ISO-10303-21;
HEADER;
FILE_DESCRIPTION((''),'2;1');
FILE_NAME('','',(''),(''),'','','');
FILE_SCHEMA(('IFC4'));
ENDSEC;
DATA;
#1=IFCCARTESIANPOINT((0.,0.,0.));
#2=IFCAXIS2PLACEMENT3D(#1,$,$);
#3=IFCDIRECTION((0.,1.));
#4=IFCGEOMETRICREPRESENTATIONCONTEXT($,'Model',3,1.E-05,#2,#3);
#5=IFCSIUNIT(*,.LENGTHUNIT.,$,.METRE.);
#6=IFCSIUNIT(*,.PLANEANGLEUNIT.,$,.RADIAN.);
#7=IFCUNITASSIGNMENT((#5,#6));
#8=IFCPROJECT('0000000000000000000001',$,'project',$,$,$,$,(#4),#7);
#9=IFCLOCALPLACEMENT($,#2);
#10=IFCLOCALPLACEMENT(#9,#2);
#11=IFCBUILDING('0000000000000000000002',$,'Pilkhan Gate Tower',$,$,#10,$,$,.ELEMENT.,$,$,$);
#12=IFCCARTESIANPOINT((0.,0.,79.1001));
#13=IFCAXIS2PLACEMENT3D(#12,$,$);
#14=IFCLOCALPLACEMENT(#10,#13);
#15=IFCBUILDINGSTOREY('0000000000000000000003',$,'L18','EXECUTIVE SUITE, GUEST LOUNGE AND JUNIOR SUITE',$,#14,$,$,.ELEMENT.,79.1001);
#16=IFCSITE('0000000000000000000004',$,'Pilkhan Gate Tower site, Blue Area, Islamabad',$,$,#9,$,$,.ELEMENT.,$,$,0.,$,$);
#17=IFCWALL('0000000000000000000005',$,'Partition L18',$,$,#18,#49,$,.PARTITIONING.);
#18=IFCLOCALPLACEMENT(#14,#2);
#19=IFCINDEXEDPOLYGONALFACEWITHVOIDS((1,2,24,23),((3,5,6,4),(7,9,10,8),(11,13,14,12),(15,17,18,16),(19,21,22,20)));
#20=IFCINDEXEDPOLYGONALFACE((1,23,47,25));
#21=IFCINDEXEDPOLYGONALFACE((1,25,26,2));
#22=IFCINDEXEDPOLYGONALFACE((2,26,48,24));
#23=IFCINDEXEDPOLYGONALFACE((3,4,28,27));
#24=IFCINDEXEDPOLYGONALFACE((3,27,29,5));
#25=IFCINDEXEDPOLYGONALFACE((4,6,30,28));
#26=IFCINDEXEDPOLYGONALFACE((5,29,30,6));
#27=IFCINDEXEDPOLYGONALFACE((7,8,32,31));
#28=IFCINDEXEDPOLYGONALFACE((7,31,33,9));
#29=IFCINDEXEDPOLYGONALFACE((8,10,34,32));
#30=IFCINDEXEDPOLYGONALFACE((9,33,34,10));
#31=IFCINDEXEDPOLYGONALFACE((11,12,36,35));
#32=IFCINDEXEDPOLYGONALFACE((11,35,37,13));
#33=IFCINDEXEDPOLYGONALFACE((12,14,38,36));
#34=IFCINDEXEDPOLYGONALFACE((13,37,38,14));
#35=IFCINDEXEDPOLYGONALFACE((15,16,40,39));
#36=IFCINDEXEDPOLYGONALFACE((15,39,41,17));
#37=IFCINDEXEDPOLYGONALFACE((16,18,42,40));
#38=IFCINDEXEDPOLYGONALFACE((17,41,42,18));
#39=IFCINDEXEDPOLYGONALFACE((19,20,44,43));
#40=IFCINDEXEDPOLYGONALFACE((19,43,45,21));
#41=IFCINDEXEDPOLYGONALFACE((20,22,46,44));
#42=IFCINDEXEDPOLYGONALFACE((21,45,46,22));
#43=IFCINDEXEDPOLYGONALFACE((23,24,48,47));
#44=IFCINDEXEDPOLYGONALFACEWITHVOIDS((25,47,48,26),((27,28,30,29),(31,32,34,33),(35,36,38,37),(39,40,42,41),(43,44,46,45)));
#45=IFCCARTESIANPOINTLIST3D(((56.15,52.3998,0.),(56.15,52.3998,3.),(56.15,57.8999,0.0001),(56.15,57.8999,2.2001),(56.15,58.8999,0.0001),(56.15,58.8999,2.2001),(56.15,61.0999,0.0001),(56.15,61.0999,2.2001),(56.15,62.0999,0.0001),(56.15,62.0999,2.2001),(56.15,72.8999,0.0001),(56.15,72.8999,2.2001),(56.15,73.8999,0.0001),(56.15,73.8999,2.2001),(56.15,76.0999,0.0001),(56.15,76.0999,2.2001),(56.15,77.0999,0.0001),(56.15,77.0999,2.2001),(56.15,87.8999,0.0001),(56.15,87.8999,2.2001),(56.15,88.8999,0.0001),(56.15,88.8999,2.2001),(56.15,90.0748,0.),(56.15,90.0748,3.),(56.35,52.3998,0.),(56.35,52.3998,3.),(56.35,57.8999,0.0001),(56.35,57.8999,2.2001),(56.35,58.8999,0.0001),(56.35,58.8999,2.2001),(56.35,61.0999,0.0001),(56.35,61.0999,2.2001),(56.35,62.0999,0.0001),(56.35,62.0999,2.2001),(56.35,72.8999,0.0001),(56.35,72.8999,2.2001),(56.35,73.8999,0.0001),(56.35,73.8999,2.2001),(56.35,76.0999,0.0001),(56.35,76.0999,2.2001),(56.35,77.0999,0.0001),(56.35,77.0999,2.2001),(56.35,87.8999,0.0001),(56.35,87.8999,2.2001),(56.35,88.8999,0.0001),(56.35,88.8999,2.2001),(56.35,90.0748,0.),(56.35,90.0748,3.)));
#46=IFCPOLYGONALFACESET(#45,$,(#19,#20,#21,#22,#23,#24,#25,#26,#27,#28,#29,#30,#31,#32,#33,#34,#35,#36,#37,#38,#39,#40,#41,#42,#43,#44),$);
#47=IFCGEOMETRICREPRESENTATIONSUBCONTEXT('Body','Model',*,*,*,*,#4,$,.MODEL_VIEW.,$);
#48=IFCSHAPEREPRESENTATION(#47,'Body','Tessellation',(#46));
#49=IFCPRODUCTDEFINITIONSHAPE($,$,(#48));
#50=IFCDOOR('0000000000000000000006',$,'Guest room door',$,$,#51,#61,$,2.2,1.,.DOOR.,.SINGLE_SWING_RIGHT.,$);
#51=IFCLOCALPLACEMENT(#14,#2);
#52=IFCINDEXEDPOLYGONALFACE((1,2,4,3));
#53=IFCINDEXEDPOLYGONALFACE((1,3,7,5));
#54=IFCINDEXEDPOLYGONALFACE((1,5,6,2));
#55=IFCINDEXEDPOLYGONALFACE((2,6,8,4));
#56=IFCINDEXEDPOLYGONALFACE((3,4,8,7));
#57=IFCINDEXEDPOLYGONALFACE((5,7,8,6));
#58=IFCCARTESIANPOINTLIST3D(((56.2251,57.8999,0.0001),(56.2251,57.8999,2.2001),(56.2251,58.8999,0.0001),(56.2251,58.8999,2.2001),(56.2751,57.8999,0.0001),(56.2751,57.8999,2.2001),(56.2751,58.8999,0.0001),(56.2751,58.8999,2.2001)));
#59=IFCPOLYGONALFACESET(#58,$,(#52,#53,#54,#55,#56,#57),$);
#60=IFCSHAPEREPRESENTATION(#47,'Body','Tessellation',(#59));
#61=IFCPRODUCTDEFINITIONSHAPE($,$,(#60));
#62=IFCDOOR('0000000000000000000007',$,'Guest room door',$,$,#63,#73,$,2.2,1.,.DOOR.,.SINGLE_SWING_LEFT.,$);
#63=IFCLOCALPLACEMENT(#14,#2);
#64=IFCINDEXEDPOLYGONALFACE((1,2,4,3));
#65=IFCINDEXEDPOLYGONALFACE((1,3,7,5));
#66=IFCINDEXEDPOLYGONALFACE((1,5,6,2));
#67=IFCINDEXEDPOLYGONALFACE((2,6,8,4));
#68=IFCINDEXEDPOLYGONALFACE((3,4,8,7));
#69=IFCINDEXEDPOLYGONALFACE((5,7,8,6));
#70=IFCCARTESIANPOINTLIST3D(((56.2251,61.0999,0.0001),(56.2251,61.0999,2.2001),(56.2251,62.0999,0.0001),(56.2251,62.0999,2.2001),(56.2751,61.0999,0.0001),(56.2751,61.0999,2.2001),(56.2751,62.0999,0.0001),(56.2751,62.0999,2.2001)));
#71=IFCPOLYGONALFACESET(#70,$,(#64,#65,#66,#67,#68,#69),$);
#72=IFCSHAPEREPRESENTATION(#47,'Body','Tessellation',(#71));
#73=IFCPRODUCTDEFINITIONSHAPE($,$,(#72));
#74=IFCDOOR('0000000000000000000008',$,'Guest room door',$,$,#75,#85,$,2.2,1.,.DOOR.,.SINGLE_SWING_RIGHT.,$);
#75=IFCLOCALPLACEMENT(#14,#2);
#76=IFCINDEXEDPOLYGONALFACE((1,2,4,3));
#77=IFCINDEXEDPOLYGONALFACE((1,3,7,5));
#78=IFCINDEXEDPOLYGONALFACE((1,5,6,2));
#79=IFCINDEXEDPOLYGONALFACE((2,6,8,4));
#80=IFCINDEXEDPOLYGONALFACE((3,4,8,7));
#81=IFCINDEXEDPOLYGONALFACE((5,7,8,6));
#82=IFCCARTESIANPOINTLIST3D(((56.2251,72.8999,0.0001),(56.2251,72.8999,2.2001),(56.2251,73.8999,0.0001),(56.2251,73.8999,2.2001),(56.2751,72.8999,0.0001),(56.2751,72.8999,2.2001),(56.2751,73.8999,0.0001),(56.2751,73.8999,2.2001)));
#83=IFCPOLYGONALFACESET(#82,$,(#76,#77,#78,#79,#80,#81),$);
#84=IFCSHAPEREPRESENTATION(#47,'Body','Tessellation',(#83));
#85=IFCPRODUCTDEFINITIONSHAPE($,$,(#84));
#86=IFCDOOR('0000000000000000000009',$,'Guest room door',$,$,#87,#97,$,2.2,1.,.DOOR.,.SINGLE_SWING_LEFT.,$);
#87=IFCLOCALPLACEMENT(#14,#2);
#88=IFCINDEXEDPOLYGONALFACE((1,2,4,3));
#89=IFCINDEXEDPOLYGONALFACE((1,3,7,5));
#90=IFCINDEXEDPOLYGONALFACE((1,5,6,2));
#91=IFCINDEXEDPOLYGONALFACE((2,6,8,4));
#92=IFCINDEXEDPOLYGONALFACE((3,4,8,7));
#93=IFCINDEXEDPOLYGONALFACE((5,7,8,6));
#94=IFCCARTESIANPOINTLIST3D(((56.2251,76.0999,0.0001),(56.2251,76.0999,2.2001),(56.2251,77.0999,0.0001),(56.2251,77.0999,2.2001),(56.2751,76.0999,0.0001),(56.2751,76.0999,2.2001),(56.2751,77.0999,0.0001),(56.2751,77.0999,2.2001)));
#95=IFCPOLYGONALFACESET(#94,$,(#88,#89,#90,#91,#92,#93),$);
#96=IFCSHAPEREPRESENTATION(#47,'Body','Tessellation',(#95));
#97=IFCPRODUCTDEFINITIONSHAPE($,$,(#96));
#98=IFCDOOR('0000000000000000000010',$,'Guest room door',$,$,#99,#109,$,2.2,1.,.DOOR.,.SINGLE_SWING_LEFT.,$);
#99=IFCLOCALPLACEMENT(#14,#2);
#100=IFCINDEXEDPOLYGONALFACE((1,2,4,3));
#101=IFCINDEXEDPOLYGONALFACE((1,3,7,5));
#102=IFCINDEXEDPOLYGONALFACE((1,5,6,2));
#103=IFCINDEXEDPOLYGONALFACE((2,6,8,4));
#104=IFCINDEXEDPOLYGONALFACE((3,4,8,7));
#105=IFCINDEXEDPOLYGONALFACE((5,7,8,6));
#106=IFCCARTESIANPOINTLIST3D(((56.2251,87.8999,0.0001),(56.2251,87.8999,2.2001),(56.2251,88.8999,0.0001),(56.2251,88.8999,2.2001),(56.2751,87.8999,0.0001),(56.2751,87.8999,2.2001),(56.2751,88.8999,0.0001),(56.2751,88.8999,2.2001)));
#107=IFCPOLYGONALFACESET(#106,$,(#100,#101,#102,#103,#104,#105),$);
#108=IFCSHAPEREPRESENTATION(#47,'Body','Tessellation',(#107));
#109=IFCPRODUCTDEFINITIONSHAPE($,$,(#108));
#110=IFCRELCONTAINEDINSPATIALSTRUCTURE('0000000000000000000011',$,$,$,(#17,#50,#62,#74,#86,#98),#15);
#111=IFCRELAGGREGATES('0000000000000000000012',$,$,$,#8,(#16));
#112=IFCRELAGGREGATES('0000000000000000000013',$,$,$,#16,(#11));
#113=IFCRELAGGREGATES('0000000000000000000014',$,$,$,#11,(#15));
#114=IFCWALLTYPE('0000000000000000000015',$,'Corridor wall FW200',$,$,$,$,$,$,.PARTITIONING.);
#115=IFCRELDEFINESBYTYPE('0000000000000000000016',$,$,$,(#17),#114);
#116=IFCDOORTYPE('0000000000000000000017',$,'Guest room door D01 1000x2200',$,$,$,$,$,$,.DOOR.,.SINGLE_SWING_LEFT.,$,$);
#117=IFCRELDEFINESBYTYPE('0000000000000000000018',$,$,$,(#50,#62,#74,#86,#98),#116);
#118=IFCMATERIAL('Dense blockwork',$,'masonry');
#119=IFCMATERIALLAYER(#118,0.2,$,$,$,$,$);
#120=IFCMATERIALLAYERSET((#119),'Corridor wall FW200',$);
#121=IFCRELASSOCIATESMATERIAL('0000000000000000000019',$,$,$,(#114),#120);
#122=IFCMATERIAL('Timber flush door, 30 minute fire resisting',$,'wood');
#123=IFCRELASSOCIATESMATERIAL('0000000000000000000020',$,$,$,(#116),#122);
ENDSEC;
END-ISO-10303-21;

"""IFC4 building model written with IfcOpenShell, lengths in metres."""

from ifc_helpers import new_model, si_unit, direction, frame, frame_2d, origin, place, context, subcontext, project, spatial, rectangle, extrude, material, layer, layer_set, type_object, element, fill, save


model = new_model("IFC4")

# Units and contexts
model_context = context("Model", 3, precision=1e-05, world=origin(), true_north=direction((0.0, 1.0)))
body_context = subcontext(model_context, "Body", "Model", "MODEL_VIEW")
ifc_project = project(units=[si_unit("LENGTHUNIT", "METRE"), si_unit("PLANEANGLEUNIT", "RADIAN")], contexts=[model_context])

# Site, building, storey
site_placement = place(None, origin())
site = spatial("IfcSite", under=ifc_project, at=site_placement, Name="Pilkhan Gate Tower site, Blue Area, Islamabad", CompositionType="ELEMENT", RefElevation=0.0)
building_placement = place(site_placement, origin())
building = spatial("IfcBuilding", under=site, at=building_placement, Name="Pilkhan Gate Tower", CompositionType="ELEMENT")
storey_placement = place(building_placement, frame((0.0, 0.0, 79.1001)))
storey = spatial("IfcBuildingStorey", under=building, at=storey_placement, Name="L18", Description="EXECUTIVE SUITE, GUEST LOUNGE AND JUNIOR SUITE", CompositionType="ELEMENT", Elevation=79.1001)

# Wall, openings, doors
ifc_material_1 = material(Name="Dense blockwork", Category="masonry")
ifc_layer_1 = layer(ifc_material_1, 0.2)
ifc_layer_set_1 = layer_set([ifc_layer_1], Name="Corridor wall FW200")
wall_type_1 = type_object("IfcWallType", Name="Corridor wall FW200", PredefinedType="PARTITIONING", material=ifc_layer_set_1)
wall_1_placement = place(storey_placement, frame((56.25, 52.3999, 0.0), z_axis=(0.0, 0.0, 1.0), x_axis=(0.0, 1.0, 0.0)))
wall_1 = element("IfcWall", 1, at=wall_1_placement, inside=storey, type_object=wall_type_1, Name="Partition L18", PredefinedType="PARTITIONING", context=body_context, shape_type="SweptSolid", body=[
    extrude(rectangle(XDim=37.675, YDim=0.2, at=frame_2d((18.8374, 0.0))), origin(), (0.0, 0.0, 1.0), 3.0),
])
opening_1_placement = place(wall_1_placement, frame((5.5, 0.0, 0.0)))
opening_1 = element("IfcOpeningElement", 2, at=opening_1_placement, cuts=wall_1, PredefinedType="OPENING", context=body_context, shape_type="SweptSolid", body=[
    extrude(rectangle(XDim=1.0, YDim=2.2, at=frame_2d((0.5, 1.1001))), frame((0.0, 0.1099, 0.0), z_axis=(0.0, -1.0, 0.0), x_axis=(1.0, 0.0, 0.0)), (0.0, 0.0, 1.0), 0.22),
])
opening_2_placement = place(wall_1_placement, frame((8.7, 0.0, 0.0)))
opening_2 = element("IfcOpeningElement", 3, at=opening_2_placement, cuts=wall_1, PredefinedType="OPENING", context=body_context, shape_type="SweptSolid", body=[
    extrude(rectangle(XDim=1.0, YDim=2.2, at=frame_2d((0.5, 1.1001))), frame((0.0, 0.1099, 0.0), z_axis=(0.0, -1.0, 0.0), x_axis=(1.0, 0.0, 0.0)), (0.0, 0.0, 1.0), 0.22),
])
opening_3_placement = place(wall_1_placement, frame((20.5, 0.0, 0.0)))
opening_3 = element("IfcOpeningElement", 4, at=opening_3_placement, cuts=wall_1, PredefinedType="OPENING", context=body_context, shape_type="SweptSolid", body=[
    extrude(rectangle(XDim=1.0, YDim=2.2, at=frame_2d((0.5, 1.1001))), frame((0.0, 0.1099, 0.0), z_axis=(0.0, -1.0, 0.0), x_axis=(1.0, 0.0, 0.0)), (0.0, 0.0, 1.0), 0.22),
])
opening_4_placement = place(wall_1_placement, frame((23.7, 0.0, 0.0)))
opening_4 = element("IfcOpeningElement", 5, at=opening_4_placement, cuts=wall_1, PredefinedType="OPENING", context=body_context, shape_type="SweptSolid", body=[
    extrude(rectangle(XDim=1.0, YDim=2.2, at=frame_2d((0.5, 1.1001))), frame((0.0, 0.1099, 0.0), z_axis=(0.0, -1.0, 0.0), x_axis=(1.0, 0.0, 0.0)), (0.0, 0.0, 1.0), 0.22),
])
opening_5_placement = place(wall_1_placement, frame((35.5, 0.0, 0.0)))
opening_5 = element("IfcOpeningElement", 6, at=opening_5_placement, cuts=wall_1, PredefinedType="OPENING", context=body_context, shape_type="SweptSolid", body=[
    extrude(rectangle(XDim=1.0, YDim=2.2, at=frame_2d((0.5, 1.1001))), frame((0.0, 0.1099, 0.0), z_axis=(0.0, -1.0, 0.0), x_axis=(1.0, 0.0, 0.0)), (0.0, 0.0, 1.0), 0.22),
])
ifc_material_2 = material(Name="Timber flush door, 30 minute fire resisting", Category="wood")
door_type_1 = type_object("IfcDoorType", Name="Guest room door D01 1000x2200", OperationType="SINGLE_SWING_LEFT", PredefinedType="DOOR", material=ifc_material_2)
door_1_placement = place(opening_1_placement, origin())
door_1 = element("IfcDoor", 7, at=door_1_placement, inside=storey, type_object=door_type_1, Name="Guest room door", OperationType="SINGLE_SWING_RIGHT", OverallHeight=2.2, OverallWidth=1.0, PredefinedType="DOOR", context=body_context, shape_type="SweptSolid", body=[
    extrude(rectangle(XDim=1.0, YDim=2.2, at=frame_2d((0.5, 1.1001))), frame((0.0, 0.0249, 0.0), z_axis=(0.0, -1.0, 0.0), x_axis=(1.0, 0.0, 0.0)), (0.0, 0.0, 1.0), 0.05),
])
fill(opening_1, door_1)
door_2_placement = place(opening_2_placement, origin())
door_2 = element("IfcDoor", 8, at=door_2_placement, inside=storey, type_object=door_type_1, Name="Guest room door", OperationType="SINGLE_SWING_LEFT", OverallHeight=2.2, OverallWidth=1.0, PredefinedType="DOOR", context=body_context, shape_type="SweptSolid", body=[
    extrude(rectangle(XDim=1.0, YDim=2.2, at=frame_2d((0.5, 1.1001))), frame((0.0, 0.0249, 0.0), z_axis=(0.0, -1.0, 0.0), x_axis=(1.0, 0.0, 0.0)), (0.0, 0.0, 1.0), 0.05),
])
fill(opening_2, door_2)
door_3_placement = place(opening_3_placement, origin())
door_3 = element("IfcDoor", 9, at=door_3_placement, inside=storey, type_object=door_type_1, Name="Guest room door", OperationType="SINGLE_SWING_RIGHT", OverallHeight=2.2, OverallWidth=1.0, PredefinedType="DOOR", context=body_context, shape_type="SweptSolid", body=[
    extrude(rectangle(XDim=1.0, YDim=2.2, at=frame_2d((0.5, 1.1001))), frame((0.0, 0.0249, 0.0), z_axis=(0.0, -1.0, 0.0), x_axis=(1.0, 0.0, 0.0)), (0.0, 0.0, 1.0), 0.05),
])
fill(opening_3, door_3)
door_4_placement = place(opening_4_placement, origin())
door_4 = element("IfcDoor", 10, at=door_4_placement, inside=storey, type_object=door_type_1, Name="Guest room door", OperationType="SINGLE_SWING_LEFT", OverallHeight=2.2, OverallWidth=1.0, PredefinedType="DOOR", context=body_context, shape_type="SweptSolid", body=[
    extrude(rectangle(XDim=1.0, YDim=2.2, at=frame_2d((0.5, 1.1001))), frame((0.0, 0.0249, 0.0), z_axis=(0.0, -1.0, 0.0), x_axis=(1.0, 0.0, 0.0)), (0.0, 0.0, 1.0), 0.05),
])
fill(opening_4, door_4)
door_5_placement = place(opening_5_placement, origin())
door_5 = element("IfcDoor", 11, at=door_5_placement, inside=storey, type_object=door_type_1, Name="Guest room door", OperationType="SINGLE_SWING_LEFT", OverallHeight=2.2, OverallWidth=1.0, PredefinedType="DOOR", context=body_context, shape_type="SweptSolid", body=[
    extrude(rectangle(XDim=1.0, YDim=2.2, at=frame_2d((0.5, 1.1001))), frame((0.0, 0.0249, 0.0), z_axis=(0.0, -1.0, 0.0), x_axis=(1.0, 0.0, 0.0)), (0.0, 0.0, 1.0), 0.05),
])
fill(opening_5, door_5)

save(model, "model.ifc")
